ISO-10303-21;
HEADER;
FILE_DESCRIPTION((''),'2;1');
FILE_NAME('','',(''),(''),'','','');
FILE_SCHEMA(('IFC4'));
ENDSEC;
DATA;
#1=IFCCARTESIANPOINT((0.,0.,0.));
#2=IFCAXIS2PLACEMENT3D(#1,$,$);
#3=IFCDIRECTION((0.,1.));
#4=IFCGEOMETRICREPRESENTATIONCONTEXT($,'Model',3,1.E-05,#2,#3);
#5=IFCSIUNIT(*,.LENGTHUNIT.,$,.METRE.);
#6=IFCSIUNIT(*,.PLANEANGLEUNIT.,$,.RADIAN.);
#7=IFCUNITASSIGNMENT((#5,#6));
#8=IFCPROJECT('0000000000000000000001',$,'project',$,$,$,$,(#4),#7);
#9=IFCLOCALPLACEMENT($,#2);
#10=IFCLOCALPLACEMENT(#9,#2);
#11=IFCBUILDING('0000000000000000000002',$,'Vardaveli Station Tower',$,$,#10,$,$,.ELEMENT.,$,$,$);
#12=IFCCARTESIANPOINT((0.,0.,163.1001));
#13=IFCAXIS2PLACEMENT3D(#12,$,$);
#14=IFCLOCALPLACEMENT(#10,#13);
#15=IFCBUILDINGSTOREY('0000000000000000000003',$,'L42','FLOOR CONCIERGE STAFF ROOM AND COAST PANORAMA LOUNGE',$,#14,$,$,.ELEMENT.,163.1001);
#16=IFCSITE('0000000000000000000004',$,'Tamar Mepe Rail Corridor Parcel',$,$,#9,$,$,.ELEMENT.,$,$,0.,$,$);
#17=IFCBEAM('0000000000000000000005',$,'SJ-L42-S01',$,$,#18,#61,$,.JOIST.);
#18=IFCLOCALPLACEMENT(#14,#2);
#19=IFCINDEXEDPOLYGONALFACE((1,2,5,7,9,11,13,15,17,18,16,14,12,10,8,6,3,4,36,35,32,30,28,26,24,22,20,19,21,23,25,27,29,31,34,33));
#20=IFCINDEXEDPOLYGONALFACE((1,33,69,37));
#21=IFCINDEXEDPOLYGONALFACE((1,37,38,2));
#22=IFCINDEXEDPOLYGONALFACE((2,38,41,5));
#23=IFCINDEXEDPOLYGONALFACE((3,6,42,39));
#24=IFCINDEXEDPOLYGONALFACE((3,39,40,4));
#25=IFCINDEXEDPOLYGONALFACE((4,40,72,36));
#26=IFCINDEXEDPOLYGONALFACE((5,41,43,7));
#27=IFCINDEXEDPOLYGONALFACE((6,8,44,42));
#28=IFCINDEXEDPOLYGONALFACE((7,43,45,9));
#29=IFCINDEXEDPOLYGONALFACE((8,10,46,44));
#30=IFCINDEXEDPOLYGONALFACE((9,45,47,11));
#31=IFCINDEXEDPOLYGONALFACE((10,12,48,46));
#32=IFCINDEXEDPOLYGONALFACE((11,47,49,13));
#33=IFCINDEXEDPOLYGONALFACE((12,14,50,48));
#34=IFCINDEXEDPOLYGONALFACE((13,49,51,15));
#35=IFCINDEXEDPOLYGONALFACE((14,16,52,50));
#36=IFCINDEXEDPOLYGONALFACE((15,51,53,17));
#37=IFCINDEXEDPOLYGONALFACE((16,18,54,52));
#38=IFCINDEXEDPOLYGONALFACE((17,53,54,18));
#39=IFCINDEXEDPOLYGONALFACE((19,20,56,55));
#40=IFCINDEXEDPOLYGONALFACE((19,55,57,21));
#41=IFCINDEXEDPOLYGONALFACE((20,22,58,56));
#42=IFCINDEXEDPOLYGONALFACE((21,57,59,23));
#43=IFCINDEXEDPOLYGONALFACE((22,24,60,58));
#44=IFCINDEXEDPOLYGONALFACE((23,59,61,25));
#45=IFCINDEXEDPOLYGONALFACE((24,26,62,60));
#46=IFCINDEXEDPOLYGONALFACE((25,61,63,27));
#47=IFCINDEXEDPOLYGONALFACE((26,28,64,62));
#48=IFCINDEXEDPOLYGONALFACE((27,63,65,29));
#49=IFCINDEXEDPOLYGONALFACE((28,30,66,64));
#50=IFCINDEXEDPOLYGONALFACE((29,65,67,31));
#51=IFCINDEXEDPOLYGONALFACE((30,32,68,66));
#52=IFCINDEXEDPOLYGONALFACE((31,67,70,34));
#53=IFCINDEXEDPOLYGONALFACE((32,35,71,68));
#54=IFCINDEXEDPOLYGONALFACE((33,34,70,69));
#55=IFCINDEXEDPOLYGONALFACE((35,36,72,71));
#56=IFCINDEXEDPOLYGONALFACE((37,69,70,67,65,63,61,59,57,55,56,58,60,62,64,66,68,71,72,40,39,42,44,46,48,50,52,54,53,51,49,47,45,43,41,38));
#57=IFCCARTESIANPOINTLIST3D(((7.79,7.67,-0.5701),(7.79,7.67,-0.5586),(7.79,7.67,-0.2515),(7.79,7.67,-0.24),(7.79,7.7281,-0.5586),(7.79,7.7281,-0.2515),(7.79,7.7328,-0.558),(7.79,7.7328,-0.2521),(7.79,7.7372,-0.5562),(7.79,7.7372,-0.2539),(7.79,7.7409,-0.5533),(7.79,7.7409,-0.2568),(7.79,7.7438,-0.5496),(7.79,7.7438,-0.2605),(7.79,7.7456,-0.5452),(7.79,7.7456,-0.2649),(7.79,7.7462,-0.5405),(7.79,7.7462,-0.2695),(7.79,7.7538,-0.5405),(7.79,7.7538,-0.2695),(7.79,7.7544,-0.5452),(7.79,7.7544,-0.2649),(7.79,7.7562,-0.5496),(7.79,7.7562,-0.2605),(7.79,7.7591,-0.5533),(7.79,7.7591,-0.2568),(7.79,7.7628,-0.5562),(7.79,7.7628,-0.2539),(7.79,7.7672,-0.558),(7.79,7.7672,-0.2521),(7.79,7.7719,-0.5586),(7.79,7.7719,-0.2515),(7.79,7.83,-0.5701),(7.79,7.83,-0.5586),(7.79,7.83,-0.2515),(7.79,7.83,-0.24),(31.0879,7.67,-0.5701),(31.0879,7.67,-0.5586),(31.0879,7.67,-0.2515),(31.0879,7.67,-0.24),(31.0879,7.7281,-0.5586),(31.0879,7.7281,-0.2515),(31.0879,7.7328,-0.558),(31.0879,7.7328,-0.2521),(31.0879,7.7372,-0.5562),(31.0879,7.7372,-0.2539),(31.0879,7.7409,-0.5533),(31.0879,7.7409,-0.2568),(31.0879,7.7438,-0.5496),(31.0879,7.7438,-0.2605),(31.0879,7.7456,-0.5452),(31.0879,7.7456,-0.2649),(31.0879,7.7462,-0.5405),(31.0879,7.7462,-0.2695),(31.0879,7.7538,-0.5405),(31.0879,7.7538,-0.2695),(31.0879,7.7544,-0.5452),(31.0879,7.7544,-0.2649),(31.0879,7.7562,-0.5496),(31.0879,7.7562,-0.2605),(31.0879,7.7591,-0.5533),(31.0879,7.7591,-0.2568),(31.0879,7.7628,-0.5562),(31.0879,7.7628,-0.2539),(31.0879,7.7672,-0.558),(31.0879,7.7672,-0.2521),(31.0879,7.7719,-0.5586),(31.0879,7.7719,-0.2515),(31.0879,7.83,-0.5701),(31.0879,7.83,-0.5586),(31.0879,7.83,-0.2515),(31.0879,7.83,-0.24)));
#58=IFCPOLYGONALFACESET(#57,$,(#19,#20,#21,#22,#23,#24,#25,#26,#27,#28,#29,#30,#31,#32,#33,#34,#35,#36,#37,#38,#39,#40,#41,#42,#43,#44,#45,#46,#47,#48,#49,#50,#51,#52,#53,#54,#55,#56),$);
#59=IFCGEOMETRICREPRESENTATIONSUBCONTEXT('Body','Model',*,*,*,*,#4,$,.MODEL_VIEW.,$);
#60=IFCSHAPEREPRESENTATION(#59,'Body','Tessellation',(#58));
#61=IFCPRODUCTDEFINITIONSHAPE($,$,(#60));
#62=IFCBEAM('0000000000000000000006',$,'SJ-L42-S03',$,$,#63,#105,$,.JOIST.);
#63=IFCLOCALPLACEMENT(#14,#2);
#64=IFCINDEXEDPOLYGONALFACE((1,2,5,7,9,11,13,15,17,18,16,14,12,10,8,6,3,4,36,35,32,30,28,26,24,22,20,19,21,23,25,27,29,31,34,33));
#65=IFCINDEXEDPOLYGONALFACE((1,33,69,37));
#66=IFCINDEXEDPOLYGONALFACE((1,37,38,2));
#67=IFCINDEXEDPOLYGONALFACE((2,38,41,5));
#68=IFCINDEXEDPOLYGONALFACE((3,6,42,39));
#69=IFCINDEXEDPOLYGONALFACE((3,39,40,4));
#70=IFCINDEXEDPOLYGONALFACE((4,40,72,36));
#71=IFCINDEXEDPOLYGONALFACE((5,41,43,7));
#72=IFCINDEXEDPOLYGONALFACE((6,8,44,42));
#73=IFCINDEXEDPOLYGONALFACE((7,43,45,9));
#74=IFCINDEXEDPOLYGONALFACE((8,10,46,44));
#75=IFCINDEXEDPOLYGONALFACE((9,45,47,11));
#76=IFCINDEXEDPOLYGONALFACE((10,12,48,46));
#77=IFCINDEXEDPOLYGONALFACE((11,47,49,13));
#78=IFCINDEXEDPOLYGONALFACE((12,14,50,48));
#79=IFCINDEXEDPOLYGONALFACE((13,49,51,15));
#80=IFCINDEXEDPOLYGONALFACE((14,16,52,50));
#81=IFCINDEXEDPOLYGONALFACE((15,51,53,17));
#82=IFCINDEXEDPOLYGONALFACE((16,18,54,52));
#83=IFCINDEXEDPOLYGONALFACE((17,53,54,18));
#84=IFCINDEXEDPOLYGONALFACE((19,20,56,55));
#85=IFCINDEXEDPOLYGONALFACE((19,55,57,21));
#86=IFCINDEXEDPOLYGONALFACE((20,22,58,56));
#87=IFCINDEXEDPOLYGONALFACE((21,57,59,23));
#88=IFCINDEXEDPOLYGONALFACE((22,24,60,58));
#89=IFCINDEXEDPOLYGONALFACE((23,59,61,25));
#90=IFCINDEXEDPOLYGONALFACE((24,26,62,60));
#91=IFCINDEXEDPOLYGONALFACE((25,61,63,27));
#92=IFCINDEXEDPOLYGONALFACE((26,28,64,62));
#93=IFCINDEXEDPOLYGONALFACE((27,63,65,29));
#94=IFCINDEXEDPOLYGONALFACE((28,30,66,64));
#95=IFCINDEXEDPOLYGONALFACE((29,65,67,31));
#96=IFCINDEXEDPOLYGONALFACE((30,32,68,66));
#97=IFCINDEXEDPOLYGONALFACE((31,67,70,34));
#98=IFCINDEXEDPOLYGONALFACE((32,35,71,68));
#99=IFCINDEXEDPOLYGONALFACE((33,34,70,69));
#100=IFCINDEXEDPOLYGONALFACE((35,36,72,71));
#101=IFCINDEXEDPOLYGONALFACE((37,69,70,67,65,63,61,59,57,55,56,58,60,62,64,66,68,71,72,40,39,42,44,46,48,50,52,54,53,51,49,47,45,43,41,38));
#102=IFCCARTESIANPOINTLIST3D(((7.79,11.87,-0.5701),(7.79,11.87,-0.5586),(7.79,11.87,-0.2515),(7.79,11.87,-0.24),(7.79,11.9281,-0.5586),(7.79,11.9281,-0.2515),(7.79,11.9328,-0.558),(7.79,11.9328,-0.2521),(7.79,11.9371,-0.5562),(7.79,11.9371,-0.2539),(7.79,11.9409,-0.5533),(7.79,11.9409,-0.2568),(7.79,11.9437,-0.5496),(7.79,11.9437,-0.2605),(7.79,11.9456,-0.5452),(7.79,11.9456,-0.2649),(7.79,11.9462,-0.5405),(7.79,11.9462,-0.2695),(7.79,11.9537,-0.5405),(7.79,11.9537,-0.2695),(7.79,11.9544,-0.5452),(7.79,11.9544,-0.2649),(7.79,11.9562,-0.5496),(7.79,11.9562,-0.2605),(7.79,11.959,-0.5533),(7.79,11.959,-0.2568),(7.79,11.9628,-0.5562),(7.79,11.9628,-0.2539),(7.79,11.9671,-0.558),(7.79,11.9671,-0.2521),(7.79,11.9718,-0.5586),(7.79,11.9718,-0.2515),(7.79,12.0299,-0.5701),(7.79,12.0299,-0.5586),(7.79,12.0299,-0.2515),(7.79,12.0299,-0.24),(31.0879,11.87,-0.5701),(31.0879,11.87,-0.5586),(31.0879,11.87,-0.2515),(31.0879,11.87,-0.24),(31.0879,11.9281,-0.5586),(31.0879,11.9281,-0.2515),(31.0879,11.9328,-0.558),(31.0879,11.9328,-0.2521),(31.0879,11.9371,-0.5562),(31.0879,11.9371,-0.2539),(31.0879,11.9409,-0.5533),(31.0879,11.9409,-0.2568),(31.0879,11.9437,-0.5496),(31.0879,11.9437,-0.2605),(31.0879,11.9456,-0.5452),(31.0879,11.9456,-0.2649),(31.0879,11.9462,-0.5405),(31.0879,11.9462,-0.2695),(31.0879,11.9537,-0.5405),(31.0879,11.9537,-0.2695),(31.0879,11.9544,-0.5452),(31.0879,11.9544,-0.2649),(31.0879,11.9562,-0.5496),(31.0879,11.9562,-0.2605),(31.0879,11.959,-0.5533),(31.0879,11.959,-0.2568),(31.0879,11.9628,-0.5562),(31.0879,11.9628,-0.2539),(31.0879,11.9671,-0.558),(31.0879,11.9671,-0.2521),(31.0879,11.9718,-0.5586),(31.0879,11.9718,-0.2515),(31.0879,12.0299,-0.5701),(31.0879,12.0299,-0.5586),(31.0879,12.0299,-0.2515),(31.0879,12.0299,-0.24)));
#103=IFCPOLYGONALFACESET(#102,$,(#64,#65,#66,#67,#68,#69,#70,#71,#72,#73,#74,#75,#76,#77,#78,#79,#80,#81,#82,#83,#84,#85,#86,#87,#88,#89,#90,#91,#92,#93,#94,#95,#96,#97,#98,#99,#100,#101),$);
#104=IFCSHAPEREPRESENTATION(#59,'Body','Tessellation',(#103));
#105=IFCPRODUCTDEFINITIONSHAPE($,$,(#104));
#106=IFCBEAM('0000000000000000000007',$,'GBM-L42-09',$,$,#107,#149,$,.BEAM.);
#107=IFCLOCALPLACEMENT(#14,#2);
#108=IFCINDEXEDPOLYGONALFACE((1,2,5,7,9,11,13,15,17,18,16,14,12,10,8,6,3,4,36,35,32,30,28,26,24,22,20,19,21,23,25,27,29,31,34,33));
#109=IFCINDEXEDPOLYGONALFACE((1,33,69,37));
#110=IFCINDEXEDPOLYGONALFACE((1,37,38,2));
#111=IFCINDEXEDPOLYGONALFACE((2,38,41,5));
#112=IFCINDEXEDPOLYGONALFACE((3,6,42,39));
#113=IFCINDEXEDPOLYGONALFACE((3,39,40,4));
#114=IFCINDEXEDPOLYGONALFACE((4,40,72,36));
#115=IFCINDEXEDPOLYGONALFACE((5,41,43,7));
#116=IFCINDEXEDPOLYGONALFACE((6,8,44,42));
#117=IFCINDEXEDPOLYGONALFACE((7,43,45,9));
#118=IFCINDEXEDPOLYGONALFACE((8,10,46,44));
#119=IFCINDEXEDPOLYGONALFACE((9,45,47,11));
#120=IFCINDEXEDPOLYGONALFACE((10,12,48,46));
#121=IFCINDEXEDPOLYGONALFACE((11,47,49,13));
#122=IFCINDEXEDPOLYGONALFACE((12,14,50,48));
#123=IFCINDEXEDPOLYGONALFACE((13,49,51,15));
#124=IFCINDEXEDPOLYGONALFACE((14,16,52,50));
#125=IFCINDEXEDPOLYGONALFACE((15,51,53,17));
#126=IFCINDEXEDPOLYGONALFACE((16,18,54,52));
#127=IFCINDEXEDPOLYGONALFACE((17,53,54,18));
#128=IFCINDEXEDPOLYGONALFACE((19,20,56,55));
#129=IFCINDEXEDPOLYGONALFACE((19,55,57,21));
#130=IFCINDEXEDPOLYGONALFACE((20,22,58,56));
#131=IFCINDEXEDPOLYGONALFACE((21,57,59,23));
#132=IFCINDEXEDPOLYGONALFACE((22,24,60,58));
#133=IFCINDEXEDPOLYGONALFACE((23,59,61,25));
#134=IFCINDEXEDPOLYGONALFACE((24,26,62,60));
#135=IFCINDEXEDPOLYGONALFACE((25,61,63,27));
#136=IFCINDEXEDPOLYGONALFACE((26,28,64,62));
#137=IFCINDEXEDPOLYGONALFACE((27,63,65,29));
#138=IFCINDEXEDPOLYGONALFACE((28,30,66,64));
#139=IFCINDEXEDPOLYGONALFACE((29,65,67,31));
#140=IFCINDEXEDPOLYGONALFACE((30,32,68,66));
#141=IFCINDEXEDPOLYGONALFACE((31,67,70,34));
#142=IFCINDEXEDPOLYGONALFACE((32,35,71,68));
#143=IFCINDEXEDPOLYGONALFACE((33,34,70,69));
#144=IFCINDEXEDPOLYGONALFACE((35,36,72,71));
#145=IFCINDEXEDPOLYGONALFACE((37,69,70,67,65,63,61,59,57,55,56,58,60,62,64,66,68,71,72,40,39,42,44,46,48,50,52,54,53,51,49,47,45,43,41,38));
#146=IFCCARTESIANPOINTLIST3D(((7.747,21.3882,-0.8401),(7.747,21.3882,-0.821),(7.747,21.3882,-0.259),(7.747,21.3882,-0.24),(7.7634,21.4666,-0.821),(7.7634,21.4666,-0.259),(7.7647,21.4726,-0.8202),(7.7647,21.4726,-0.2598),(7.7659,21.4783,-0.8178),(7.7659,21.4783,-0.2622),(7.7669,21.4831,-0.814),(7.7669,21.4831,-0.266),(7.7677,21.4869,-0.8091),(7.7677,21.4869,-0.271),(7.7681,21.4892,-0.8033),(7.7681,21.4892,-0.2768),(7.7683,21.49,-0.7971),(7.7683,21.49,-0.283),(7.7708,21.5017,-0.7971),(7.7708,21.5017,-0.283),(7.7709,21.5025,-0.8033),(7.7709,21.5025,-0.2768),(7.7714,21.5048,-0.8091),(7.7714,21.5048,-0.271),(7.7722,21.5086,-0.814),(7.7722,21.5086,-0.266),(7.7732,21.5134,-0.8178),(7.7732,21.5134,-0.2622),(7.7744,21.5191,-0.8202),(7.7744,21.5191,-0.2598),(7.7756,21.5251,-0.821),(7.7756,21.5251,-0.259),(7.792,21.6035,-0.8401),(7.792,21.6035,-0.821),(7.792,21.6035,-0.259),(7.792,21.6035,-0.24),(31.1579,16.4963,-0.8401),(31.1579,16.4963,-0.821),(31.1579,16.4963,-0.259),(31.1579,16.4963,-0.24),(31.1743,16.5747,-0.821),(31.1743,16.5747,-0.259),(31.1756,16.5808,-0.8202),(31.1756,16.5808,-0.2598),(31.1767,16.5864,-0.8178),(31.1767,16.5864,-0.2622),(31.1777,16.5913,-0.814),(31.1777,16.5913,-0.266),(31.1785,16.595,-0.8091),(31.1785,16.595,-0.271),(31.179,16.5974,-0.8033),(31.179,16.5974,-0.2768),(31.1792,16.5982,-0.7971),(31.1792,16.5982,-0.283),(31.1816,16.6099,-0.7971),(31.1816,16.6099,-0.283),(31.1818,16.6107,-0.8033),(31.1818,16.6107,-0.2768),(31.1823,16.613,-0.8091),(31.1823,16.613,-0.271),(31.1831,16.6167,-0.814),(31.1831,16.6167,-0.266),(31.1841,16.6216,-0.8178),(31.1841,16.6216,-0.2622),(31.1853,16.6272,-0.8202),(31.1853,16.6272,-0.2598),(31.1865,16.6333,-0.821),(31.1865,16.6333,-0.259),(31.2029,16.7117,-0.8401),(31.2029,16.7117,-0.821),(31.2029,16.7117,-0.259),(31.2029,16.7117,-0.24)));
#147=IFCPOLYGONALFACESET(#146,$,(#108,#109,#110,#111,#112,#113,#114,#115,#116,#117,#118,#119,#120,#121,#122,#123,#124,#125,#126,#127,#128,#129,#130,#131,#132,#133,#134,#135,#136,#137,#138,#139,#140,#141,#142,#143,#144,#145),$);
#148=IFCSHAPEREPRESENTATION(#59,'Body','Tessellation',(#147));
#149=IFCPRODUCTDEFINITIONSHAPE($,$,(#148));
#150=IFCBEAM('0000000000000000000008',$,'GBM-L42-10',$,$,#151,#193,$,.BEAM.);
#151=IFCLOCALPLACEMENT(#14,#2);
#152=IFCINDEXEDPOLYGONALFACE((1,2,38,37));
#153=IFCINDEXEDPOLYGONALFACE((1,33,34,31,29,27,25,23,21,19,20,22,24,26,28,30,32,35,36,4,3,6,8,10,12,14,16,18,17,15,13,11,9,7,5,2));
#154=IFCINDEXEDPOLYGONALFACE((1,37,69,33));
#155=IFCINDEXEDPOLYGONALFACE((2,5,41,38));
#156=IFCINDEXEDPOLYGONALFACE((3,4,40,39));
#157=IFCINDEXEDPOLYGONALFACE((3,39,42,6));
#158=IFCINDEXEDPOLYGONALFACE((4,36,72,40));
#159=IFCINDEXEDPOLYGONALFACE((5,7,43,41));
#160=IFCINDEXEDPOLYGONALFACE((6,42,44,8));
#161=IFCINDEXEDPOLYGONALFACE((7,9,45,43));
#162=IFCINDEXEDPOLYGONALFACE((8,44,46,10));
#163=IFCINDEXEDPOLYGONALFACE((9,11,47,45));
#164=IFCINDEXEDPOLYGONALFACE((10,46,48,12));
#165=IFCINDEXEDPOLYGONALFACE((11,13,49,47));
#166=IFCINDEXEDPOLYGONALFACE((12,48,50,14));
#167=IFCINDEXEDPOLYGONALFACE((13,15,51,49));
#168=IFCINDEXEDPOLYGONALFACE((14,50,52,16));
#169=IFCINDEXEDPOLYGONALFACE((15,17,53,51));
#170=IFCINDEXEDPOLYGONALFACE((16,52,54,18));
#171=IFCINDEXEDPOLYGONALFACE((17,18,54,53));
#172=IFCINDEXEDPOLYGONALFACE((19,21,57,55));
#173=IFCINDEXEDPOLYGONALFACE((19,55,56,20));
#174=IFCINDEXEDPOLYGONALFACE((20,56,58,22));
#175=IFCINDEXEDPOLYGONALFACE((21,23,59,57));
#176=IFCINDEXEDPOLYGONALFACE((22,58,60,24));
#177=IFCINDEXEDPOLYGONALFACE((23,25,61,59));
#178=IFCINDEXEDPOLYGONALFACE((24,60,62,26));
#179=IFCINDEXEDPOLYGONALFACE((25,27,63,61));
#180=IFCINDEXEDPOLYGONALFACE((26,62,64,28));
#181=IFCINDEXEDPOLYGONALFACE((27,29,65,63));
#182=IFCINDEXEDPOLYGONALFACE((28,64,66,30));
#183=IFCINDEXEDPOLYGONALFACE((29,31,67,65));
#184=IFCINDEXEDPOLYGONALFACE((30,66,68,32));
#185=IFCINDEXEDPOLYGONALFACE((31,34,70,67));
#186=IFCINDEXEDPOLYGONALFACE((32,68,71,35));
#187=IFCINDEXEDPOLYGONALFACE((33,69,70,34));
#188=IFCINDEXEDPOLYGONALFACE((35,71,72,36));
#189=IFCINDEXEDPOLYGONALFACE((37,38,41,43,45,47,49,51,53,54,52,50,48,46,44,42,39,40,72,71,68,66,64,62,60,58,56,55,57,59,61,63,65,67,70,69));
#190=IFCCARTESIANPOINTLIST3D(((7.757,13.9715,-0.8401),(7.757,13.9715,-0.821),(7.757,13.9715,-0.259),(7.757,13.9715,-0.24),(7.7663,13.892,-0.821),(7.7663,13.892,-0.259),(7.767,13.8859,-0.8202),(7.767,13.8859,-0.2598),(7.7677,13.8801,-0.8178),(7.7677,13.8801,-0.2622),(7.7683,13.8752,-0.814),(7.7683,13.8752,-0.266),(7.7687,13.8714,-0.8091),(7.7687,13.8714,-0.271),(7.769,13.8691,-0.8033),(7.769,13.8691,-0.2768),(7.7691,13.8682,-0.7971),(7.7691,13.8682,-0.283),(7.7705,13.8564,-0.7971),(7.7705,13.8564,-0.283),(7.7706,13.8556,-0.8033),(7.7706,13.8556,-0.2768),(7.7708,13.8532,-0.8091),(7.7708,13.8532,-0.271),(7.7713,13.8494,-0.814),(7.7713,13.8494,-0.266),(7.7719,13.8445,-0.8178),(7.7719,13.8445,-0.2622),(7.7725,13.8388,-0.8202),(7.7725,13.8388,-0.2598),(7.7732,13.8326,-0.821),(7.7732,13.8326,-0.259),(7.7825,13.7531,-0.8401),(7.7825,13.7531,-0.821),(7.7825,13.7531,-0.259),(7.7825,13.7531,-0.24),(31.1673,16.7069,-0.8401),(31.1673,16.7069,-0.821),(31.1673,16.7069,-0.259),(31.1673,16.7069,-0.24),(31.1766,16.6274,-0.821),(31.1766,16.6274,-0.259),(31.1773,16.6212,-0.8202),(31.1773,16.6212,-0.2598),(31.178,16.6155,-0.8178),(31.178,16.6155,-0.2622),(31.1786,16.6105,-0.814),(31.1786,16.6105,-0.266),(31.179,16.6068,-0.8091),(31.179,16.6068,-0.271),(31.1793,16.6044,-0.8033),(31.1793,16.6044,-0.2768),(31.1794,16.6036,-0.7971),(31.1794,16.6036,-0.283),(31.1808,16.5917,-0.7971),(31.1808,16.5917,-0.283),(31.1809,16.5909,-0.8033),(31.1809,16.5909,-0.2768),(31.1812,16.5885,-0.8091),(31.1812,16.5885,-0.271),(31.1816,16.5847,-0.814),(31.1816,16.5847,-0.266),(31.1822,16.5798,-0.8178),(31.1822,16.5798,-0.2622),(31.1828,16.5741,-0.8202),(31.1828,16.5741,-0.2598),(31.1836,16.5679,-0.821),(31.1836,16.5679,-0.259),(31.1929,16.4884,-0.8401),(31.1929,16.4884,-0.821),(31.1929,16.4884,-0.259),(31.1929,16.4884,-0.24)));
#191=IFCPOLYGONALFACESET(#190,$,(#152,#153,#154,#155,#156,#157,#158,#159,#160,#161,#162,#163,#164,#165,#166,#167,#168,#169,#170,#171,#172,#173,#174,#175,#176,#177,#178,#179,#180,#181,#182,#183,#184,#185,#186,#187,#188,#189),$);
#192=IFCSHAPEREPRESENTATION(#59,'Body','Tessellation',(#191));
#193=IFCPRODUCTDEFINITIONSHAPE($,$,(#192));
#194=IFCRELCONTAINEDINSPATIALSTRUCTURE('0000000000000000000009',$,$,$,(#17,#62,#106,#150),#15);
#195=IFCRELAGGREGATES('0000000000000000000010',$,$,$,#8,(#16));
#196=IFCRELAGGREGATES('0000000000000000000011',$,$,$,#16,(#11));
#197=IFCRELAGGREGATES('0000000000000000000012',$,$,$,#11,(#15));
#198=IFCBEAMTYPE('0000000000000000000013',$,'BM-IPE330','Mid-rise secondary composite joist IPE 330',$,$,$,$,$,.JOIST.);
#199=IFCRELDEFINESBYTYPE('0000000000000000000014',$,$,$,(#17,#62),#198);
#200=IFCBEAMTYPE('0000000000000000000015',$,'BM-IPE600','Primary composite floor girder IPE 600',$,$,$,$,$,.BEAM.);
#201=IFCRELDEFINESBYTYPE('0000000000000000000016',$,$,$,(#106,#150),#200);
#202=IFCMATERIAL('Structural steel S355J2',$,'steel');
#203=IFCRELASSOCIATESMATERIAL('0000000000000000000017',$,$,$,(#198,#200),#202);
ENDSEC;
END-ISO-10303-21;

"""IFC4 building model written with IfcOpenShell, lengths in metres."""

from ifc_helpers import new_model, si_unit, direction, frame, origin, origin_2d, place, context, subcontext, project, spatial, i_section, extrude, source, transform, mapped, material, material_profile, profile_set, type_object, element, save


model = new_model("IFC4")

# Units and contexts
model_context = context("Model", 3, precision=1e-05, world=origin(), true_north=direction((0.0, 1.0)))
body_context = subcontext(model_context, "Body", "Model", "MODEL_VIEW")
ifc_project = project(units=[si_unit("LENGTHUNIT", "METRE"), si_unit("PLANEANGLEUNIT", "RADIAN")], contexts=[model_context])

# Site, building, storey
site_placement = place(None, origin())
site = spatial("IfcSite", under=ifc_project, at=site_placement, Name="Tamar Mepe Rail Corridor Parcel", CompositionType="ELEMENT", RefElevation=0.0)
building_placement = place(site_placement, origin())
building = spatial("IfcBuilding", under=site, at=building_placement, Name="Vardaveli Station Tower", CompositionType="ELEMENT")
storey_placement = place(building_placement, frame((0.0, 0.0, 163.1001)))
storey = spatial("IfcBuildingStorey", under=building, at=storey_placement, Name="L42", Description="FLOOR CONCIERGE STAFF ROOM AND COAST PANORAMA LOUNGE", CompositionType="ELEMENT", Elevation=163.1001)

# Beams
ifc_material_1 = material(Name="Structural steel S355J2", Category="steel")
ifc_material_profile_1 = material_profile(ifc_material_1, i_section(OverallWidth=0.1599, OverallDepth=0.3301, WebThickness=0.0076, FlangeThickness=0.0115, FilletRadius=0.0181, at=origin_2d()), Name="IPE 330")
ifc_profile_set_1 = profile_set([ifc_material_profile_1], Name="Structural steel S355J2")
beam_type_1 = type_object("IfcBeamType", Name="BM-IPE330", Description="Mid-rise secondary composite joist IPE 330", PredefinedType="JOIST", material=ifc_profile_set_1)
shared_shape_1 = source(origin(), body_context, "Body", "SweptSolid", [
    extrude(i_section(OverallWidth=0.1599, OverallDepth=0.3301, WebThickness=0.0076, FlangeThickness=0.0115, FilletRadius=0.0181, at=origin_2d()), origin(), (0.0, 0.0, 1.0), 23.2979),
])
for number, where, z_axis, x_axis, name in (
    (1, (7.79, 7.75, -0.405), (1.0, 0.0, 0.0), (0.0, 1.0, 0.0), "SJ-L42-S01"),
    (2, (7.79, 11.95, -0.405), (1.0, 0.0, 0.0), (0.0, 1.0, 0.0), "SJ-L42-S03"),
):
    element("IfcBeam", number, at=place(storey_placement, frame(where, z_axis=z_axis, x_axis=x_axis)), inside=storey, type_object=beam_type_1, Name=name, PredefinedType="JOIST", context=body_context, shape_type="MappedRepresentation", body=[
        mapped(shared_shape_1, transform((0.0, 0.0, 0.0), scale=1.0)),
    ])
ifc_material_profile_2 = material_profile(ifc_material_1, i_section(OverallWidth=0.22, OverallDepth=0.6001, WebThickness=0.012, FlangeThickness=0.019, FilletRadius=0.0239, at=origin_2d()), Name="IPE 600")
ifc_profile_set_2 = profile_set([ifc_material_profile_2], Name="Structural steel S355J2")
beam_type_2 = type_object("IfcBeamType", Name="BM-IPE600", Description="Primary composite floor girder IPE 600", PredefinedType="BEAM", material=ifc_profile_set_2)
shared_shape_2 = source(origin(), body_context, "Body", "SweptSolid", [
    extrude(i_section(OverallWidth=0.22, OverallDepth=0.6001, WebThickness=0.012, FlangeThickness=0.019, FilletRadius=0.0239, at=origin_2d()), origin(), (0.0, 0.0, 1.0), 23.9165),
])
beam_1_placement = place(storey_placement, frame((7.7695, 21.4958, -0.54), z_axis=(0.978859, -0.204538, 0.0), x_axis=(0.204538, 0.978859, 0.0)))
element("IfcBeam", 3, at=beam_1_placement, inside=storey, type_object=beam_type_2, Name="GBM-L42-09", PredefinedType="BEAM", context=body_context, shape_type="MappedRepresentation", body=[
    mapped(shared_shape_2, transform((0.0, 0.0, 0.0), scale=1.0)),
])
shared_shape_3 = source(origin(), body_context, "Body", "SweptSolid", [
    extrude(i_section(OverallWidth=0.22, OverallDepth=0.6001, WebThickness=0.012, FlangeThickness=0.019, FilletRadius=0.0239, at=origin_2d()), origin(), (0.0, 0.0, 1.0), 23.5696),
])
beam_2_placement = place(storey_placement, frame((7.7698, 13.8623, -0.54), z_axis=(0.993243, 0.116054, 0.0), x_axis=(-0.116054, 0.993243, 0.0)))
element("IfcBeam", 4, at=beam_2_placement, inside=storey, type_object=beam_type_2, Name="GBM-L42-10", PredefinedType="BEAM", context=body_context, shape_type="MappedRepresentation", body=[
    mapped(shared_shape_3, transform((0.0, 0.0, 0.0), scale=1.0)),
])

save(model, "model.ifc")
